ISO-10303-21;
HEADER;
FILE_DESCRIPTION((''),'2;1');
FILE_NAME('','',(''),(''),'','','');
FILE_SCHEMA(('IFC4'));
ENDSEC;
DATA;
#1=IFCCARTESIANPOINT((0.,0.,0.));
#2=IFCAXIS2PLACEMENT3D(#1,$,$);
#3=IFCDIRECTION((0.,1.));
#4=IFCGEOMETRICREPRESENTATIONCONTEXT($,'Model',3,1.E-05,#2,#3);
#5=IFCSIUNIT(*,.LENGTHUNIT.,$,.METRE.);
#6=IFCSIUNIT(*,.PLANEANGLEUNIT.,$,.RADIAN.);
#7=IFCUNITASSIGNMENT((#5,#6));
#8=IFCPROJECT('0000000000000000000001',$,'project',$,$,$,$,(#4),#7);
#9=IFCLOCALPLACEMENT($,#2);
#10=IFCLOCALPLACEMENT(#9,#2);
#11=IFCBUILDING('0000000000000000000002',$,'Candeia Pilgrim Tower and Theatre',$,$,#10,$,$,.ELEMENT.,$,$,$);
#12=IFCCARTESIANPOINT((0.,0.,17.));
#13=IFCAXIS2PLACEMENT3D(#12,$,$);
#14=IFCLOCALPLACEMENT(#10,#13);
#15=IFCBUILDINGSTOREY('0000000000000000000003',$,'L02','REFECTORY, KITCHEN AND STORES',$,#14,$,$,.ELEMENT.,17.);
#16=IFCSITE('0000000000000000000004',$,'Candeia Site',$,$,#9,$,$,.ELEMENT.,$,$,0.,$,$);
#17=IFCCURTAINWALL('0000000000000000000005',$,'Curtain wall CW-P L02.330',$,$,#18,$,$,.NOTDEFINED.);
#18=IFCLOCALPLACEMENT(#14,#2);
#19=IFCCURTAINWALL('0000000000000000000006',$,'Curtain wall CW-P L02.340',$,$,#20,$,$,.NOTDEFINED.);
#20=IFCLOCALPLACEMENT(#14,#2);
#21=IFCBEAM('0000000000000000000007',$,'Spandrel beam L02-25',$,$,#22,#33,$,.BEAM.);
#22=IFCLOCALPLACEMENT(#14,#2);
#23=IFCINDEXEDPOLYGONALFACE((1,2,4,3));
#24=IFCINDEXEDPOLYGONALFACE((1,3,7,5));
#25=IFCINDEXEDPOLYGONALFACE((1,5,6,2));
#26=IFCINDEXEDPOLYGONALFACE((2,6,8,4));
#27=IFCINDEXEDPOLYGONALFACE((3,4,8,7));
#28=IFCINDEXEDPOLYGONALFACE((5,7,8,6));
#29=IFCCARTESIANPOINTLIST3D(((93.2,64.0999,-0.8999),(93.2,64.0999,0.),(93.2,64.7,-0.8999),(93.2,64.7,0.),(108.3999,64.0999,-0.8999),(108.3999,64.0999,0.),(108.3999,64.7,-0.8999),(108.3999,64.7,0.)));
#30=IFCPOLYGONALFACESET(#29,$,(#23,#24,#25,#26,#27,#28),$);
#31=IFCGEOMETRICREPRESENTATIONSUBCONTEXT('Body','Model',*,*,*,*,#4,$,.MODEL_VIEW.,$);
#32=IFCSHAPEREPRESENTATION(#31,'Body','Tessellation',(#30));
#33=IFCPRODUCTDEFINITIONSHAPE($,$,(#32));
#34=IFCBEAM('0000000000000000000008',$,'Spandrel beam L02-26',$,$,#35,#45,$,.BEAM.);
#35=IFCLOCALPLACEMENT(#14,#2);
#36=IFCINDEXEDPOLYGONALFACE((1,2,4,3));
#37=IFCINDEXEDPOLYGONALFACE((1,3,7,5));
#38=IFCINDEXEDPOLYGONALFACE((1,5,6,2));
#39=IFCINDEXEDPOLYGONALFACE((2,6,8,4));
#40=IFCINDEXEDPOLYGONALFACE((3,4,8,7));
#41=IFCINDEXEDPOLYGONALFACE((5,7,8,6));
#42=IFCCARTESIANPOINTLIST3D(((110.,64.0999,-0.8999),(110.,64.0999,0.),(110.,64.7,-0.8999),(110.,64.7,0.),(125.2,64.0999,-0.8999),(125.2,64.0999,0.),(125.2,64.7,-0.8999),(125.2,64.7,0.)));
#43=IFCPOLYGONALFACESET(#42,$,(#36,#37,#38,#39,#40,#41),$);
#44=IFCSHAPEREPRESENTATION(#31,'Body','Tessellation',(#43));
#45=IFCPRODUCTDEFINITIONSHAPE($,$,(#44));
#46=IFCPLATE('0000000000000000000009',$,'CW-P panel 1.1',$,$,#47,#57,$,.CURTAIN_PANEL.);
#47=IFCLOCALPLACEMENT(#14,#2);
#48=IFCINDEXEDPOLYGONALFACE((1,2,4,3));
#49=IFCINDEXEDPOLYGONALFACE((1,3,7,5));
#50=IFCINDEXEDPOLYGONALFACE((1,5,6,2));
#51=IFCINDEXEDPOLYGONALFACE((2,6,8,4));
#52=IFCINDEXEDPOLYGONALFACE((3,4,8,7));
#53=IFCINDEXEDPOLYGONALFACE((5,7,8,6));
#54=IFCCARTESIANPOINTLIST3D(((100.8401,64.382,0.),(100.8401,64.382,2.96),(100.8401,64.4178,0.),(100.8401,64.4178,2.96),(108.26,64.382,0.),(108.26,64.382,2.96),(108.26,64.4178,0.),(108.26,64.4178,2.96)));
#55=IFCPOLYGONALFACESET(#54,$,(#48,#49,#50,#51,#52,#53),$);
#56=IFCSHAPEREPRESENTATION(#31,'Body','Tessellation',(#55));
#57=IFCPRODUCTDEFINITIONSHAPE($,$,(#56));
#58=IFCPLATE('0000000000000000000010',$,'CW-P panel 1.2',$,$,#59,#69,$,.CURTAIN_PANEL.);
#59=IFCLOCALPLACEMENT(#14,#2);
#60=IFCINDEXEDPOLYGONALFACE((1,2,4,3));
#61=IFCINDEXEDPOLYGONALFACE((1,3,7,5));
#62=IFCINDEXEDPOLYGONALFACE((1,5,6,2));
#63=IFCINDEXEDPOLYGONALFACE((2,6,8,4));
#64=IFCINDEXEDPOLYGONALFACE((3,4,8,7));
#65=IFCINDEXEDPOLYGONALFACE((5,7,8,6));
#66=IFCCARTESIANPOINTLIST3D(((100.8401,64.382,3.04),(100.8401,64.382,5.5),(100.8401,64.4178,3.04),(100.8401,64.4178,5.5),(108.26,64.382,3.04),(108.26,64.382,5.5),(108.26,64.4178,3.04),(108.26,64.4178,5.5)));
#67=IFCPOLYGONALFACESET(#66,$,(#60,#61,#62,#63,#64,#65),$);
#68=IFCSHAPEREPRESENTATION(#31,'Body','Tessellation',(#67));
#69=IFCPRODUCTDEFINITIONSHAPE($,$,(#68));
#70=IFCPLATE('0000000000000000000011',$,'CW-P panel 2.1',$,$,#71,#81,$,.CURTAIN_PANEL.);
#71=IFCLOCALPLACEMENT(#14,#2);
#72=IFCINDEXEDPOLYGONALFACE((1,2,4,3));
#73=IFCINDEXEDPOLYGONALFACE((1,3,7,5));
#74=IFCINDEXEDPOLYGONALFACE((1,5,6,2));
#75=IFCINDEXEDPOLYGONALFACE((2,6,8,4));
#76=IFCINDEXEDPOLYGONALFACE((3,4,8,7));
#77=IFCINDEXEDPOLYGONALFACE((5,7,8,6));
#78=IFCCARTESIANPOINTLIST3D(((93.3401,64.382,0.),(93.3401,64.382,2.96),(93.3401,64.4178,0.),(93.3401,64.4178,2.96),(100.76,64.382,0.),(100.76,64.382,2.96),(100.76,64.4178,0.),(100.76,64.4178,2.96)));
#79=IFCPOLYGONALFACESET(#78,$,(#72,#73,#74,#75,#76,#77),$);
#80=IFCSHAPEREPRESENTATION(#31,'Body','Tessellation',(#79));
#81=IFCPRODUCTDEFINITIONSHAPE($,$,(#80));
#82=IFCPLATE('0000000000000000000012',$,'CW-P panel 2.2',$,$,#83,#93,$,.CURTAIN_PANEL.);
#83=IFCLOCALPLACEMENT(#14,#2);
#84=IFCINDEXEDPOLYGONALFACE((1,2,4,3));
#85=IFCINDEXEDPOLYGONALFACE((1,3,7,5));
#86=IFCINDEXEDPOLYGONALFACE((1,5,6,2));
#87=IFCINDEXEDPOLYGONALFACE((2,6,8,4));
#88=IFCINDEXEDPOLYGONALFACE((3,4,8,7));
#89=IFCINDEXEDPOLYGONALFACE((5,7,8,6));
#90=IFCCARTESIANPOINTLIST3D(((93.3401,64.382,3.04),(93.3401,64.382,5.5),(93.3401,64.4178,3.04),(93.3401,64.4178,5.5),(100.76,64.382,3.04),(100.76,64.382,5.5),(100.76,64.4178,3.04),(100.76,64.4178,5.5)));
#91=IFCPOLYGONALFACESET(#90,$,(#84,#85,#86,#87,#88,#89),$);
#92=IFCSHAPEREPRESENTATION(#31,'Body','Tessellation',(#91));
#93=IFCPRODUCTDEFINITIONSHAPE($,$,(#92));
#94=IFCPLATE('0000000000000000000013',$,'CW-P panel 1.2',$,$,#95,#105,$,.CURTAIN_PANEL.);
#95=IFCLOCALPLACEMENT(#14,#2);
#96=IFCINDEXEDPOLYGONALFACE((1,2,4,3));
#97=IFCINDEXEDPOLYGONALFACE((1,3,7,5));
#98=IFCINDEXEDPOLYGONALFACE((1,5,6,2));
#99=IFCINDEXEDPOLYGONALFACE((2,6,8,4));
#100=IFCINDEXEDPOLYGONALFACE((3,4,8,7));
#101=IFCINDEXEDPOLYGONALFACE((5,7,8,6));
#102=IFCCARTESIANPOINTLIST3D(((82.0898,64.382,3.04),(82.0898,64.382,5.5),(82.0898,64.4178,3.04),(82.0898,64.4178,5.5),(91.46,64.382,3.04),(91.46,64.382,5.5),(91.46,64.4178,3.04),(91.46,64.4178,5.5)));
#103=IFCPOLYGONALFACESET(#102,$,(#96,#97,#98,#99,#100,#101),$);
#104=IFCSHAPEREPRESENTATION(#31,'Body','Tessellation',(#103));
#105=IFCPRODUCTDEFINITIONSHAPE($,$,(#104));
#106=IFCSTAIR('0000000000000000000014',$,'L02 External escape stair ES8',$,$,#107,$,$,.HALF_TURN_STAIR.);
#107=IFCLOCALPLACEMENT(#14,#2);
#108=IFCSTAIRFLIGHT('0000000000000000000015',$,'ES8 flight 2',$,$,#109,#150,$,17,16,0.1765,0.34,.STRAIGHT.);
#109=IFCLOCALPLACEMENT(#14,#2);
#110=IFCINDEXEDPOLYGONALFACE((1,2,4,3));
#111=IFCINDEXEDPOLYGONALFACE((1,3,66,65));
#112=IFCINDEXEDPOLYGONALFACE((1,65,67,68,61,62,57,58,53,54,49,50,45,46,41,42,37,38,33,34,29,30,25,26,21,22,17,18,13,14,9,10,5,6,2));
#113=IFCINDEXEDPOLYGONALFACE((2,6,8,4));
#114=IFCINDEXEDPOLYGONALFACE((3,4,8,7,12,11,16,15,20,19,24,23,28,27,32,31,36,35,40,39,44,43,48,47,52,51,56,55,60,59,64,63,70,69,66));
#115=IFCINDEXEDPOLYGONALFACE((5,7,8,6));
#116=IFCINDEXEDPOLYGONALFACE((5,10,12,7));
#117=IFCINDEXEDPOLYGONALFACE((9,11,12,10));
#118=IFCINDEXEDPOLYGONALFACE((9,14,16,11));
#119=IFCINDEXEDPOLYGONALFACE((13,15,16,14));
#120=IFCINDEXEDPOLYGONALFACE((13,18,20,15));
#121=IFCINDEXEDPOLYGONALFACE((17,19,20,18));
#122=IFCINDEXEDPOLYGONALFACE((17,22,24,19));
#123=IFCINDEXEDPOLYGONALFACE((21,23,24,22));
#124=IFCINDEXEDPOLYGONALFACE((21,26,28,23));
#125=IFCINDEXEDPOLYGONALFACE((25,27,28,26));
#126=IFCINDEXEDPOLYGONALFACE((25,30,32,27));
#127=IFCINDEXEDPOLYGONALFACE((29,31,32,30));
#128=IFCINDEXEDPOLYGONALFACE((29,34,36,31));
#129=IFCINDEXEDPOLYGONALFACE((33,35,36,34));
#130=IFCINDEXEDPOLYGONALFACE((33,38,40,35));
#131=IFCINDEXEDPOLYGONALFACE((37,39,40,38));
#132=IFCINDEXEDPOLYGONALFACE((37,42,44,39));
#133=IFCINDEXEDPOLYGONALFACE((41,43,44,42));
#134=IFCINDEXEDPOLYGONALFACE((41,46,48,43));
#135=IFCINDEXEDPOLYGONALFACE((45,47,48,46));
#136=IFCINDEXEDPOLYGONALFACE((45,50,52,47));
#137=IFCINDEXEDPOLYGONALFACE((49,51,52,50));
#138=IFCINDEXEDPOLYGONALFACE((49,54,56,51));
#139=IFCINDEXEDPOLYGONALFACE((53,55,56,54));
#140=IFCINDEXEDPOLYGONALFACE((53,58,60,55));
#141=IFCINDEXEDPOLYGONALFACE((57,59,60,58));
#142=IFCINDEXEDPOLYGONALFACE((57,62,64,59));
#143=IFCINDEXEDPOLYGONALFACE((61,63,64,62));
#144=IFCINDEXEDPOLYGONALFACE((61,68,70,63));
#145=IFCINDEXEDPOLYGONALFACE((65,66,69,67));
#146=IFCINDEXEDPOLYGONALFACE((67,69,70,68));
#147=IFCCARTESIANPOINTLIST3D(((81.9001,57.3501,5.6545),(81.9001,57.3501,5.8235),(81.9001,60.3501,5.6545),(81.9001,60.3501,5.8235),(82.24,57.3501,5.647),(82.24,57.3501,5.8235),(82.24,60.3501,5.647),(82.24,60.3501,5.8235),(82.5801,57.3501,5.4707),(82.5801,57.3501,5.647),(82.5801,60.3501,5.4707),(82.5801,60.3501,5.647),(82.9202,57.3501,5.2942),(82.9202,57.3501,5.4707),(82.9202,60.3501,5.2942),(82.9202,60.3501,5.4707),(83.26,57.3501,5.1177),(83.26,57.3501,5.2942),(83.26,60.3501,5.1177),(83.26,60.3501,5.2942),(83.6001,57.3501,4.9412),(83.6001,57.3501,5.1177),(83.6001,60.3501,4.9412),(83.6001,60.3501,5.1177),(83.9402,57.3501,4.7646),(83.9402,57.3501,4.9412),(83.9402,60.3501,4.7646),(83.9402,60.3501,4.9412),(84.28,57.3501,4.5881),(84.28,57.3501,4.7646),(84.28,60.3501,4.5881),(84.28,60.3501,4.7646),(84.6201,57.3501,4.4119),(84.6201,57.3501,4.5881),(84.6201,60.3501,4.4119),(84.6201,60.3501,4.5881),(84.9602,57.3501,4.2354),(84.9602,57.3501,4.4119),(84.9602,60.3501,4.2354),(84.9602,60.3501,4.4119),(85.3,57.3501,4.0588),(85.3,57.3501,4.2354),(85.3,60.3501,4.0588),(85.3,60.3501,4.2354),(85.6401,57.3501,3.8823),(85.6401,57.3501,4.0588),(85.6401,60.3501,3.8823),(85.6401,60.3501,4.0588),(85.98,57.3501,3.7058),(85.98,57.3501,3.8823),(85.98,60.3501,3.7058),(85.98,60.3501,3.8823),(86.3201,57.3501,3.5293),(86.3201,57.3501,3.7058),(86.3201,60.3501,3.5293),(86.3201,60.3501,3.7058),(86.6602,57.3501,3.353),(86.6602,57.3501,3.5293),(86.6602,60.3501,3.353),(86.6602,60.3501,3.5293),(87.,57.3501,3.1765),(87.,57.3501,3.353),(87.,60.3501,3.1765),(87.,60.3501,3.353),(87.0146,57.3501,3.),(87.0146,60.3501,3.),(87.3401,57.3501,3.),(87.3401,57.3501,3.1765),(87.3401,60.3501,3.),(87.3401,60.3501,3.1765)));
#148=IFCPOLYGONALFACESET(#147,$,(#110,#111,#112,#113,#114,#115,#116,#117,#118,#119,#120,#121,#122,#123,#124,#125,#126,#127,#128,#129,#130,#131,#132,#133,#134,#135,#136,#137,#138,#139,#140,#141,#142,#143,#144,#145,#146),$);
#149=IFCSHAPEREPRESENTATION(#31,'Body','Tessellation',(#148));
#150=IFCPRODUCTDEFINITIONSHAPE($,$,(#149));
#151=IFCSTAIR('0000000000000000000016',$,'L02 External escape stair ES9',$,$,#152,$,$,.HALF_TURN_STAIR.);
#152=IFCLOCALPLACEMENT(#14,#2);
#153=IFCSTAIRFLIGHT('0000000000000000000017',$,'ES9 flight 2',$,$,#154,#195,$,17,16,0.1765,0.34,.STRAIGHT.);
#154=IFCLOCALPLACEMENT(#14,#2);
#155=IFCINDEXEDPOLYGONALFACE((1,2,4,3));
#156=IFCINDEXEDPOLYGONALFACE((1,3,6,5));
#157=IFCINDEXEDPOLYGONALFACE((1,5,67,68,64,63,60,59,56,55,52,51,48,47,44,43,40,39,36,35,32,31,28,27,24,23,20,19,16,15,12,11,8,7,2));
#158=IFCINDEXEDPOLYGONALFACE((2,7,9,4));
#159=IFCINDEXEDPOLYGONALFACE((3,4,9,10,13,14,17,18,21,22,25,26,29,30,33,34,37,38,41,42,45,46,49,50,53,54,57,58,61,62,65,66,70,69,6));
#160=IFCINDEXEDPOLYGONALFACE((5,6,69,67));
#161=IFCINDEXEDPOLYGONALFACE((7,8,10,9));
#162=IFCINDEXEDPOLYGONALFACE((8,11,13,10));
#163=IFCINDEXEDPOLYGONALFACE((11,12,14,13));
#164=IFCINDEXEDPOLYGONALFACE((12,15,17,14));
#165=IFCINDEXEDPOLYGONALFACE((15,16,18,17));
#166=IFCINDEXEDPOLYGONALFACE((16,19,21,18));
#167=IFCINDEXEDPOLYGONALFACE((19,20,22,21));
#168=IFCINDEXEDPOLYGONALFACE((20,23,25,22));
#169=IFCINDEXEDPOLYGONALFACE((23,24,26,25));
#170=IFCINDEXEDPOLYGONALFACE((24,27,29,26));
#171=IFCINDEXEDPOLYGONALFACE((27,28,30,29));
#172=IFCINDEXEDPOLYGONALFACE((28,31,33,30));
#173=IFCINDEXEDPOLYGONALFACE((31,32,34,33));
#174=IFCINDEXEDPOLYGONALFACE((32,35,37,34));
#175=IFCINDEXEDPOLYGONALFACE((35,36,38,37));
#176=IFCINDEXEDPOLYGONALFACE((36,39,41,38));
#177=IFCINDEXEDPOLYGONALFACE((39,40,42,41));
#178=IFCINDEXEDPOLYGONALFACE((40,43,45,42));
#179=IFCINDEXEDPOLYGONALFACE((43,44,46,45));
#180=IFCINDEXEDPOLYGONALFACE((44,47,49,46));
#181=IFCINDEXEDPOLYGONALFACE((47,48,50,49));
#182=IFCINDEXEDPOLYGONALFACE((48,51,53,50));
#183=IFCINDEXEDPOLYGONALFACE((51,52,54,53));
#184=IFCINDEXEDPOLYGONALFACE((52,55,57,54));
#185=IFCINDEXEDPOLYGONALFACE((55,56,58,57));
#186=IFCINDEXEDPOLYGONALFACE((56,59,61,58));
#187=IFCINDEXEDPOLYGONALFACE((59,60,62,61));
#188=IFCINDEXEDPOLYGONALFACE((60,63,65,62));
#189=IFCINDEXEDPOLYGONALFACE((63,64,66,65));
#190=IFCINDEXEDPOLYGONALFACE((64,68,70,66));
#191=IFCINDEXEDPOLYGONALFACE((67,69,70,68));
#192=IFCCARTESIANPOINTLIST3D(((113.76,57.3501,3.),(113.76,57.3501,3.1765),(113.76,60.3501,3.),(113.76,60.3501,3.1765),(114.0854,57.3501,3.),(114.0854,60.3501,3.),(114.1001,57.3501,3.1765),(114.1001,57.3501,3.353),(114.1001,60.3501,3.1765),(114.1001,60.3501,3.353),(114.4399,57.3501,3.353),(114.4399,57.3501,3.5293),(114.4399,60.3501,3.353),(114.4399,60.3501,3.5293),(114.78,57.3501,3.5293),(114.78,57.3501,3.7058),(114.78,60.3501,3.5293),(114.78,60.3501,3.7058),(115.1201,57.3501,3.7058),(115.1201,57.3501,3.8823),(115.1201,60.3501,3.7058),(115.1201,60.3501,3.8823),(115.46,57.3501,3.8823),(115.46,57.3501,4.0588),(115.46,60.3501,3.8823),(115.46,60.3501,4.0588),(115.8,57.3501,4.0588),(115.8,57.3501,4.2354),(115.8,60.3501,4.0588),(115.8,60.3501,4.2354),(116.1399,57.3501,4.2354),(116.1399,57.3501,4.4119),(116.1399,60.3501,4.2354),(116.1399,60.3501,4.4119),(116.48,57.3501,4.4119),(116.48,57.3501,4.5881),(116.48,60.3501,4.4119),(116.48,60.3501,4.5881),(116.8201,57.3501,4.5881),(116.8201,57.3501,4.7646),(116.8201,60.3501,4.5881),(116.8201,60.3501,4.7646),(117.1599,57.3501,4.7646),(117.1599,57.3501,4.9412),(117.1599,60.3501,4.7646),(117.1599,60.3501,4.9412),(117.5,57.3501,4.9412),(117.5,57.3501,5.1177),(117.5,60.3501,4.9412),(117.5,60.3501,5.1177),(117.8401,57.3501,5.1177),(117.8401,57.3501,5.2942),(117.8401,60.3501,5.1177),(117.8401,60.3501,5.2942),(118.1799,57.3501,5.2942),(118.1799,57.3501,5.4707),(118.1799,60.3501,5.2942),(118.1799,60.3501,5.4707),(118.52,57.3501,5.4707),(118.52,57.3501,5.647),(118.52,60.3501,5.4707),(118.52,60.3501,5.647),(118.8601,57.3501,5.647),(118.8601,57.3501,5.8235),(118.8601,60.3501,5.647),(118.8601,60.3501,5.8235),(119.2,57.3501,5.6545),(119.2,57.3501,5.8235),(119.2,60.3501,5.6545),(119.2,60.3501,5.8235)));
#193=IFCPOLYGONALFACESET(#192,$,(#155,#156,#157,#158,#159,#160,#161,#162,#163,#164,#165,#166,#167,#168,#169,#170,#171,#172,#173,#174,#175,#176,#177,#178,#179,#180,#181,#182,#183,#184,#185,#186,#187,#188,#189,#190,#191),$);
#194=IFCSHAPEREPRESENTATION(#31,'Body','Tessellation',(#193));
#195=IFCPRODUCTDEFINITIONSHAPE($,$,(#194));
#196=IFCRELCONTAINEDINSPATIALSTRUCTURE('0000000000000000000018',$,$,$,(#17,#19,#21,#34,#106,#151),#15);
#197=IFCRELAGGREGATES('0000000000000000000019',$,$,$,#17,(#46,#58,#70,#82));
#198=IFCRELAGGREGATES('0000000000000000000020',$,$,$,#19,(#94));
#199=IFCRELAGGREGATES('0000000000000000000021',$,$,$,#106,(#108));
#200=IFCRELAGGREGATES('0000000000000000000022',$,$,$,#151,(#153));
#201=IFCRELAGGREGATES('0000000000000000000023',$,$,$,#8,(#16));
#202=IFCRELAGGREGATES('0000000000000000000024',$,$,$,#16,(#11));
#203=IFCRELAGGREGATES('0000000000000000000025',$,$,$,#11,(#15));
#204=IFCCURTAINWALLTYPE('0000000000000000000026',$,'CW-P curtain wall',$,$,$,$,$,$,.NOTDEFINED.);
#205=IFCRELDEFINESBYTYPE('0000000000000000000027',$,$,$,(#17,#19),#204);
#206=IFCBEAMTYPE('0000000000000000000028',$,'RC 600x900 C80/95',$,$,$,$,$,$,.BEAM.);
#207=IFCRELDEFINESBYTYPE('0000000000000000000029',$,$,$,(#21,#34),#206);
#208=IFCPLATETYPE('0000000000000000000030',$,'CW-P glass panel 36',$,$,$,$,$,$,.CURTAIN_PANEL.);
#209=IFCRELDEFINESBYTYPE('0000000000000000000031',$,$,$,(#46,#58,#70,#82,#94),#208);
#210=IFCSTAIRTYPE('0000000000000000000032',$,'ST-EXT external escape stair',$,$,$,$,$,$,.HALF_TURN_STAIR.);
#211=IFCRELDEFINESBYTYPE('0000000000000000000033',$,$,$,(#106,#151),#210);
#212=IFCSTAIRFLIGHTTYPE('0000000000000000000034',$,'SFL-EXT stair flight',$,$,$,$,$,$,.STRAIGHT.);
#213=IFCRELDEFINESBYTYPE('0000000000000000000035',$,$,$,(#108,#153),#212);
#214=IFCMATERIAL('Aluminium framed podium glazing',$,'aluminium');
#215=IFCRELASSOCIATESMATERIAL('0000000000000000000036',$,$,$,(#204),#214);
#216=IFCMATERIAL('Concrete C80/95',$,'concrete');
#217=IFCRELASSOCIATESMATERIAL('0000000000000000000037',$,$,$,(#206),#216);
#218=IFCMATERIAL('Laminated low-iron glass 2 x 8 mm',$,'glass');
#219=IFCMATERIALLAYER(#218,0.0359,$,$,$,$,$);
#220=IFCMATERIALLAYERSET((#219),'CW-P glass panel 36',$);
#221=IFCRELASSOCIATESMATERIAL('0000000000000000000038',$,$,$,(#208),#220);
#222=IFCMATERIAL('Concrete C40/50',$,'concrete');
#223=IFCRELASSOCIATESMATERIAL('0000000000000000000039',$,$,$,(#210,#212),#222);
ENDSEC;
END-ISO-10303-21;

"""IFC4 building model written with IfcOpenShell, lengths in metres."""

from ifc_helpers import new_model, si_unit, direction, frame, origin, origin_2d, place, context, subcontext, project, spatial, polyline, rectangle, outline, extrude, material, layer, layer_set, material_profile, profile_set, type_object, element, aggregate, save


model = new_model("IFC4")

# Units and contexts
model_context = context("Model", 3, precision=1e-05, world=origin(), true_north=direction((0.0, 1.0)))
body_context = subcontext(model_context, "Body", "Model", "MODEL_VIEW")
ifc_project = project(units=[si_unit("LENGTHUNIT", "METRE"), si_unit("PLANEANGLEUNIT", "RADIAN")], contexts=[model_context])

# Site, building, storey
site_placement = place(None, origin())
site = spatial("IfcSite", under=ifc_project, at=site_placement, Name="Candeia Site", CompositionType="ELEMENT", RefElevation=0.0)
building_placement = place(site_placement, origin())
building = spatial("IfcBuilding", under=site, at=building_placement, Name="Candeia Pilgrim Tower and Theatre", CompositionType="ELEMENT")
storey_placement = place(building_placement, frame((0.0, 0.0, 17.0)))
storey = spatial("IfcBuildingStorey", under=building, at=storey_placement, Name="L02", Description="REFECTORY, KITCHEN AND STORES", CompositionType="ELEMENT", Elevation=17.0)

# Shared definitions
ifc_material_1 = material(Name="Concrete C40/50", Category="concrete")
ifc_material_2 = material(Name="Concrete C80/95", Category="concrete")

# Shared definitions
ifc_material_3 = material(Name="Aluminium framed podium glazing", Category="aluminium")
curtain_wall_type = type_object("IfcCurtainWallType", Name="CW-P curtain wall", PredefinedType="NOTDEFINED", material=ifc_material_3)

# Curtain wall
curtain_wall_1_placement = place(storey_placement, origin())
curtain_wall_1 = element("IfcCurtainWall", 1, at=curtain_wall_1_placement, inside=storey, type_object=curtain_wall_type, Name="Curtain wall CW-P L02.330", PredefinedType="NOTDEFINED")

# Curtain wall
curtain_wall_2_placement = place(storey_placement, origin())
curtain_wall_2 = element("IfcCurtainWall", 2, at=curtain_wall_2_placement, inside=storey, type_object=curtain_wall_type, Name="Curtain wall CW-P L02.340", PredefinedType="NOTDEFINED")

# Beams
ifc_material_profile_1 = material_profile(ifc_material_2, rectangle(XDim=0.6001, YDim=0.8999, at=origin_2d()))
ifc_profile_set_1 = profile_set([ifc_material_profile_1], Name="Concrete C80/95")
beam_type = type_object("IfcBeamType", Name="RC 600x900 C80/95", PredefinedType="BEAM", material=ifc_profile_set_1)
for number, where, z_axis, x_axis, name in (
    (3, (93.2, 64.3999, -0.45), (1.0, 0.0, 0.0), (0.0, 1.0, 0.0), "Spandrel beam L02-25"),
    (4, (110.0, 64.3999, -0.45), (1.0, 0.0, 0.0), (0.0, 1.0, 0.0), "Spandrel beam L02-26"),
):
    element("IfcBeam", number, at=place(storey_placement, frame(where, z_axis=z_axis, x_axis=x_axis)), inside=storey, type_object=beam_type, Name=name, PredefinedType="BEAM", context=body_context, shape_type="SweptSolid", body=[
        extrude(rectangle(XDim=0.6001, YDim=0.8999, at=origin_2d()), origin(), (0.0, 0.0, 1.0), 15.2),
    ])

# Plates
ifc_material_4 = material(Name="Laminated low-iron glass 2 x 8 mm", Category="glass")
ifc_layer = layer(ifc_material_4, 0.0359)
ifc_layer_set = layer_set([ifc_layer], Name="CW-P glass panel 36")
plate_type = type_object("IfcPlateType", Name="CW-P glass panel 36", PredefinedType="CURTAIN_PANEL", material=ifc_layer_set)
plate_1_placement = place(storey_placement, frame((104.55, 64.3999, 0.0), z_axis=(0.0, 0.0, 1.0), x_axis=(-1.0, 0.0, 0.0)))
plate_1 = element("IfcPlate", 5, at=plate_1_placement, type_object=plate_type, Name="CW-P panel 1.1", PredefinedType="CURTAIN_PANEL", context=body_context, shape_type="SweptSolid", body=[
    extrude(rectangle(XDim=7.4199, YDim=0.0359, at=origin_2d()), origin(), (0.0, 0.0, 1.0), 2.96),
])
plate_2_placement = place(storey_placement, frame((104.55, 64.3999, 3.04), z_axis=(0.0, 0.0, 1.0), x_axis=(-1.0, 0.0, 0.0)))
plate_2 = element("IfcPlate", 6, at=plate_2_placement, type_object=plate_type, Name="CW-P panel 1.2", PredefinedType="CURTAIN_PANEL", context=body_context, shape_type="SweptSolid", body=[
    extrude(rectangle(XDim=7.4199, YDim=0.0359, at=origin_2d()), origin(), (0.0, 0.0, 1.0), 2.46),
])
plate_3_placement = place(storey_placement, frame((97.05, 64.3999, 0.0), z_axis=(0.0, 0.0, 1.0), x_axis=(-1.0, 0.0, 0.0)))
plate_3 = element("IfcPlate", 7, at=plate_3_placement, type_object=plate_type, Name="CW-P panel 2.1", PredefinedType="CURTAIN_PANEL", context=body_context, shape_type="SweptSolid", body=[
    extrude(rectangle(XDim=7.4199, YDim=0.0359, at=origin_2d()), origin(), (0.0, 0.0, 1.0), 2.96),
])
plate_4_placement = place(storey_placement, frame((97.05, 64.3999, 3.04), z_axis=(0.0, 0.0, 1.0), x_axis=(-1.0, 0.0, 0.0)))
plate_4 = element("IfcPlate", 8, at=plate_4_placement, type_object=plate_type, Name="CW-P panel 2.2", PredefinedType="CURTAIN_PANEL", context=body_context, shape_type="SweptSolid", body=[
    extrude(rectangle(XDim=7.4199, YDim=0.0359, at=origin_2d()), origin(), (0.0, 0.0, 1.0), 2.46),
])
aggregate(curtain_wall_1, [plate_1, plate_2, plate_3, plate_4])
plate_5_placement = place(storey_placement, frame((86.7749, 64.3999, 3.04), z_axis=(0.0, 0.0, 1.0), x_axis=(-1.0, 0.0, 0.0)))
plate_5 = element("IfcPlate", 9, at=plate_5_placement, type_object=plate_type, Name="CW-P panel 1.2", PredefinedType="CURTAIN_PANEL", context=body_context, shape_type="SweptSolid", body=[
    extrude(rectangle(XDim=9.3701, YDim=0.0359, at=origin_2d()), origin(), (0.0, 0.0, 1.0), 2.46),
])
aggregate(curtain_wall_2, [plate_5])

# Stairs, stair flights
stair_type = type_object("IfcStairType", Name="ST-EXT external escape stair", PredefinedType="HALF_TURN_STAIR", material=ifc_material_1)
stair_1_placement = place(storey_placement, origin())
stair_1 = element("IfcStair", 10, at=stair_1_placement, inside=storey, type_object=stair_type, Name="L02 External escape stair ES8", PredefinedType="HALF_TURN_STAIR")
stair_flight_type = type_object("IfcStairFlightType", Name="SFL-EXT stair flight", PredefinedType="STRAIGHT", material=ifc_material_1)
stair_flight_1_placement = place(storey_placement, frame((87.3401, 58.8501, 3.0), z_axis=(0.0, 0.0, 1.0), x_axis=(-1.0, 0.0, 0.0)))
stair_flight_1 = element("IfcStairFlight", 11, at=stair_flight_1_placement, type_object=stair_flight_type, Name="ES8 flight 2", NumberOfRisers=17, NumberOfTreads=16, PredefinedType="STRAIGHT", RiserHeight=0.1765, TreadLength=0.34, context=body_context, shape_type="SweptSolid", body=[
    extrude(outline(polyline([(0.0, 0.0), (0.0, 0.1765), (0.3401, 0.1765), (0.3401, 0.353), (0.6799, 0.353), (0.6799, 0.5293), (1.02, 0.5293), (1.02, 0.7058), (1.3601, 0.7058), (1.3601, 0.8823), (1.7, 0.8823), (1.7, 1.0588), (2.04, 1.0588), (2.04, 1.2354), (2.3799, 1.2354), (2.3799, 1.4119), (2.72, 1.4119), (2.72, 1.5881), (3.0601, 1.5881), (3.0601, 1.7646), (3.3999, 1.7646), (3.3999, 1.9412), (3.74, 1.9412), (3.74, 2.1177), (4.0801, 2.1177), (4.0801, 2.2942), (4.4199, 2.2942), (4.4199, 2.4707), (4.76, 2.4707), (4.76, 2.647), (5.1001, 2.647), (5.1001, 2.8235), (5.4399, 2.8235), (5.4399, 3.0), (5.4399, 2.6545), (0.3254, 0.0), (0.0, 0.0)])), frame((0.0, 1.5, 0.0), z_axis=(0.0, -1.0, 0.0), x_axis=(1.0, 0.0, 0.0)), (0.0, 0.0, 1.0), 3.0),
])
aggregate(stair_1, [stair_flight_1])
stair_2_placement = place(storey_placement, origin())
stair_2 = element("IfcStair", 12, at=stair_2_placement, inside=storey, type_object=stair_type, Name="L02 External escape stair ES9", PredefinedType="HALF_TURN_STAIR")
stair_flight_2_placement = place(storey_placement, frame((113.76, 58.8501, 3.0), z_axis=(0.0, 0.0, 1.0), x_axis=(1.0, 0.0, 0.0)))
stair_flight_2 = element("IfcStairFlight", 13, at=stair_flight_2_placement, type_object=stair_flight_type, Name="ES9 flight 2", NumberOfRisers=17, NumberOfTreads=16, PredefinedType="STRAIGHT", RiserHeight=0.1765, TreadLength=0.34, context=body_context, shape_type="SweptSolid", body=[
    extrude(outline(polyline([(0.0, 0.0), (0.0, 0.1765), (0.3401, 0.1765), (0.3401, 0.353), (0.6799, 0.353), (0.6799, 0.5293), (1.02, 0.5293), (1.02, 0.7058), (1.3601, 0.7058), (1.3601, 0.8823), (1.7, 0.8823), (1.7, 1.0588), (2.04, 1.0588), (2.04, 1.2354), (2.3799, 1.2354), (2.3799, 1.4119), (2.72, 1.4119), (2.72, 1.5881), (3.0601, 1.5881), (3.0601, 1.7646), (3.3999, 1.7646), (3.3999, 1.9412), (3.74, 1.9412), (3.74, 2.1177), (4.0801, 2.1177), (4.0801, 2.2942), (4.4199, 2.2942), (4.4199, 2.4707), (4.76, 2.4707), (4.76, 2.647), (5.1001, 2.647), (5.1001, 2.8235), (5.4399, 2.8235), (5.4399, 3.0), (5.4399, 2.6545), (0.3254, 0.0), (0.0, 0.0)])), frame((0.0, 1.5, 0.0), z_axis=(0.0, -1.0, 0.0), x_axis=(1.0, 0.0, 0.0)), (0.0, 0.0, 1.0), 3.0),
])
aggregate(stair_2, [stair_flight_2])

save(model, "model.ifc")
